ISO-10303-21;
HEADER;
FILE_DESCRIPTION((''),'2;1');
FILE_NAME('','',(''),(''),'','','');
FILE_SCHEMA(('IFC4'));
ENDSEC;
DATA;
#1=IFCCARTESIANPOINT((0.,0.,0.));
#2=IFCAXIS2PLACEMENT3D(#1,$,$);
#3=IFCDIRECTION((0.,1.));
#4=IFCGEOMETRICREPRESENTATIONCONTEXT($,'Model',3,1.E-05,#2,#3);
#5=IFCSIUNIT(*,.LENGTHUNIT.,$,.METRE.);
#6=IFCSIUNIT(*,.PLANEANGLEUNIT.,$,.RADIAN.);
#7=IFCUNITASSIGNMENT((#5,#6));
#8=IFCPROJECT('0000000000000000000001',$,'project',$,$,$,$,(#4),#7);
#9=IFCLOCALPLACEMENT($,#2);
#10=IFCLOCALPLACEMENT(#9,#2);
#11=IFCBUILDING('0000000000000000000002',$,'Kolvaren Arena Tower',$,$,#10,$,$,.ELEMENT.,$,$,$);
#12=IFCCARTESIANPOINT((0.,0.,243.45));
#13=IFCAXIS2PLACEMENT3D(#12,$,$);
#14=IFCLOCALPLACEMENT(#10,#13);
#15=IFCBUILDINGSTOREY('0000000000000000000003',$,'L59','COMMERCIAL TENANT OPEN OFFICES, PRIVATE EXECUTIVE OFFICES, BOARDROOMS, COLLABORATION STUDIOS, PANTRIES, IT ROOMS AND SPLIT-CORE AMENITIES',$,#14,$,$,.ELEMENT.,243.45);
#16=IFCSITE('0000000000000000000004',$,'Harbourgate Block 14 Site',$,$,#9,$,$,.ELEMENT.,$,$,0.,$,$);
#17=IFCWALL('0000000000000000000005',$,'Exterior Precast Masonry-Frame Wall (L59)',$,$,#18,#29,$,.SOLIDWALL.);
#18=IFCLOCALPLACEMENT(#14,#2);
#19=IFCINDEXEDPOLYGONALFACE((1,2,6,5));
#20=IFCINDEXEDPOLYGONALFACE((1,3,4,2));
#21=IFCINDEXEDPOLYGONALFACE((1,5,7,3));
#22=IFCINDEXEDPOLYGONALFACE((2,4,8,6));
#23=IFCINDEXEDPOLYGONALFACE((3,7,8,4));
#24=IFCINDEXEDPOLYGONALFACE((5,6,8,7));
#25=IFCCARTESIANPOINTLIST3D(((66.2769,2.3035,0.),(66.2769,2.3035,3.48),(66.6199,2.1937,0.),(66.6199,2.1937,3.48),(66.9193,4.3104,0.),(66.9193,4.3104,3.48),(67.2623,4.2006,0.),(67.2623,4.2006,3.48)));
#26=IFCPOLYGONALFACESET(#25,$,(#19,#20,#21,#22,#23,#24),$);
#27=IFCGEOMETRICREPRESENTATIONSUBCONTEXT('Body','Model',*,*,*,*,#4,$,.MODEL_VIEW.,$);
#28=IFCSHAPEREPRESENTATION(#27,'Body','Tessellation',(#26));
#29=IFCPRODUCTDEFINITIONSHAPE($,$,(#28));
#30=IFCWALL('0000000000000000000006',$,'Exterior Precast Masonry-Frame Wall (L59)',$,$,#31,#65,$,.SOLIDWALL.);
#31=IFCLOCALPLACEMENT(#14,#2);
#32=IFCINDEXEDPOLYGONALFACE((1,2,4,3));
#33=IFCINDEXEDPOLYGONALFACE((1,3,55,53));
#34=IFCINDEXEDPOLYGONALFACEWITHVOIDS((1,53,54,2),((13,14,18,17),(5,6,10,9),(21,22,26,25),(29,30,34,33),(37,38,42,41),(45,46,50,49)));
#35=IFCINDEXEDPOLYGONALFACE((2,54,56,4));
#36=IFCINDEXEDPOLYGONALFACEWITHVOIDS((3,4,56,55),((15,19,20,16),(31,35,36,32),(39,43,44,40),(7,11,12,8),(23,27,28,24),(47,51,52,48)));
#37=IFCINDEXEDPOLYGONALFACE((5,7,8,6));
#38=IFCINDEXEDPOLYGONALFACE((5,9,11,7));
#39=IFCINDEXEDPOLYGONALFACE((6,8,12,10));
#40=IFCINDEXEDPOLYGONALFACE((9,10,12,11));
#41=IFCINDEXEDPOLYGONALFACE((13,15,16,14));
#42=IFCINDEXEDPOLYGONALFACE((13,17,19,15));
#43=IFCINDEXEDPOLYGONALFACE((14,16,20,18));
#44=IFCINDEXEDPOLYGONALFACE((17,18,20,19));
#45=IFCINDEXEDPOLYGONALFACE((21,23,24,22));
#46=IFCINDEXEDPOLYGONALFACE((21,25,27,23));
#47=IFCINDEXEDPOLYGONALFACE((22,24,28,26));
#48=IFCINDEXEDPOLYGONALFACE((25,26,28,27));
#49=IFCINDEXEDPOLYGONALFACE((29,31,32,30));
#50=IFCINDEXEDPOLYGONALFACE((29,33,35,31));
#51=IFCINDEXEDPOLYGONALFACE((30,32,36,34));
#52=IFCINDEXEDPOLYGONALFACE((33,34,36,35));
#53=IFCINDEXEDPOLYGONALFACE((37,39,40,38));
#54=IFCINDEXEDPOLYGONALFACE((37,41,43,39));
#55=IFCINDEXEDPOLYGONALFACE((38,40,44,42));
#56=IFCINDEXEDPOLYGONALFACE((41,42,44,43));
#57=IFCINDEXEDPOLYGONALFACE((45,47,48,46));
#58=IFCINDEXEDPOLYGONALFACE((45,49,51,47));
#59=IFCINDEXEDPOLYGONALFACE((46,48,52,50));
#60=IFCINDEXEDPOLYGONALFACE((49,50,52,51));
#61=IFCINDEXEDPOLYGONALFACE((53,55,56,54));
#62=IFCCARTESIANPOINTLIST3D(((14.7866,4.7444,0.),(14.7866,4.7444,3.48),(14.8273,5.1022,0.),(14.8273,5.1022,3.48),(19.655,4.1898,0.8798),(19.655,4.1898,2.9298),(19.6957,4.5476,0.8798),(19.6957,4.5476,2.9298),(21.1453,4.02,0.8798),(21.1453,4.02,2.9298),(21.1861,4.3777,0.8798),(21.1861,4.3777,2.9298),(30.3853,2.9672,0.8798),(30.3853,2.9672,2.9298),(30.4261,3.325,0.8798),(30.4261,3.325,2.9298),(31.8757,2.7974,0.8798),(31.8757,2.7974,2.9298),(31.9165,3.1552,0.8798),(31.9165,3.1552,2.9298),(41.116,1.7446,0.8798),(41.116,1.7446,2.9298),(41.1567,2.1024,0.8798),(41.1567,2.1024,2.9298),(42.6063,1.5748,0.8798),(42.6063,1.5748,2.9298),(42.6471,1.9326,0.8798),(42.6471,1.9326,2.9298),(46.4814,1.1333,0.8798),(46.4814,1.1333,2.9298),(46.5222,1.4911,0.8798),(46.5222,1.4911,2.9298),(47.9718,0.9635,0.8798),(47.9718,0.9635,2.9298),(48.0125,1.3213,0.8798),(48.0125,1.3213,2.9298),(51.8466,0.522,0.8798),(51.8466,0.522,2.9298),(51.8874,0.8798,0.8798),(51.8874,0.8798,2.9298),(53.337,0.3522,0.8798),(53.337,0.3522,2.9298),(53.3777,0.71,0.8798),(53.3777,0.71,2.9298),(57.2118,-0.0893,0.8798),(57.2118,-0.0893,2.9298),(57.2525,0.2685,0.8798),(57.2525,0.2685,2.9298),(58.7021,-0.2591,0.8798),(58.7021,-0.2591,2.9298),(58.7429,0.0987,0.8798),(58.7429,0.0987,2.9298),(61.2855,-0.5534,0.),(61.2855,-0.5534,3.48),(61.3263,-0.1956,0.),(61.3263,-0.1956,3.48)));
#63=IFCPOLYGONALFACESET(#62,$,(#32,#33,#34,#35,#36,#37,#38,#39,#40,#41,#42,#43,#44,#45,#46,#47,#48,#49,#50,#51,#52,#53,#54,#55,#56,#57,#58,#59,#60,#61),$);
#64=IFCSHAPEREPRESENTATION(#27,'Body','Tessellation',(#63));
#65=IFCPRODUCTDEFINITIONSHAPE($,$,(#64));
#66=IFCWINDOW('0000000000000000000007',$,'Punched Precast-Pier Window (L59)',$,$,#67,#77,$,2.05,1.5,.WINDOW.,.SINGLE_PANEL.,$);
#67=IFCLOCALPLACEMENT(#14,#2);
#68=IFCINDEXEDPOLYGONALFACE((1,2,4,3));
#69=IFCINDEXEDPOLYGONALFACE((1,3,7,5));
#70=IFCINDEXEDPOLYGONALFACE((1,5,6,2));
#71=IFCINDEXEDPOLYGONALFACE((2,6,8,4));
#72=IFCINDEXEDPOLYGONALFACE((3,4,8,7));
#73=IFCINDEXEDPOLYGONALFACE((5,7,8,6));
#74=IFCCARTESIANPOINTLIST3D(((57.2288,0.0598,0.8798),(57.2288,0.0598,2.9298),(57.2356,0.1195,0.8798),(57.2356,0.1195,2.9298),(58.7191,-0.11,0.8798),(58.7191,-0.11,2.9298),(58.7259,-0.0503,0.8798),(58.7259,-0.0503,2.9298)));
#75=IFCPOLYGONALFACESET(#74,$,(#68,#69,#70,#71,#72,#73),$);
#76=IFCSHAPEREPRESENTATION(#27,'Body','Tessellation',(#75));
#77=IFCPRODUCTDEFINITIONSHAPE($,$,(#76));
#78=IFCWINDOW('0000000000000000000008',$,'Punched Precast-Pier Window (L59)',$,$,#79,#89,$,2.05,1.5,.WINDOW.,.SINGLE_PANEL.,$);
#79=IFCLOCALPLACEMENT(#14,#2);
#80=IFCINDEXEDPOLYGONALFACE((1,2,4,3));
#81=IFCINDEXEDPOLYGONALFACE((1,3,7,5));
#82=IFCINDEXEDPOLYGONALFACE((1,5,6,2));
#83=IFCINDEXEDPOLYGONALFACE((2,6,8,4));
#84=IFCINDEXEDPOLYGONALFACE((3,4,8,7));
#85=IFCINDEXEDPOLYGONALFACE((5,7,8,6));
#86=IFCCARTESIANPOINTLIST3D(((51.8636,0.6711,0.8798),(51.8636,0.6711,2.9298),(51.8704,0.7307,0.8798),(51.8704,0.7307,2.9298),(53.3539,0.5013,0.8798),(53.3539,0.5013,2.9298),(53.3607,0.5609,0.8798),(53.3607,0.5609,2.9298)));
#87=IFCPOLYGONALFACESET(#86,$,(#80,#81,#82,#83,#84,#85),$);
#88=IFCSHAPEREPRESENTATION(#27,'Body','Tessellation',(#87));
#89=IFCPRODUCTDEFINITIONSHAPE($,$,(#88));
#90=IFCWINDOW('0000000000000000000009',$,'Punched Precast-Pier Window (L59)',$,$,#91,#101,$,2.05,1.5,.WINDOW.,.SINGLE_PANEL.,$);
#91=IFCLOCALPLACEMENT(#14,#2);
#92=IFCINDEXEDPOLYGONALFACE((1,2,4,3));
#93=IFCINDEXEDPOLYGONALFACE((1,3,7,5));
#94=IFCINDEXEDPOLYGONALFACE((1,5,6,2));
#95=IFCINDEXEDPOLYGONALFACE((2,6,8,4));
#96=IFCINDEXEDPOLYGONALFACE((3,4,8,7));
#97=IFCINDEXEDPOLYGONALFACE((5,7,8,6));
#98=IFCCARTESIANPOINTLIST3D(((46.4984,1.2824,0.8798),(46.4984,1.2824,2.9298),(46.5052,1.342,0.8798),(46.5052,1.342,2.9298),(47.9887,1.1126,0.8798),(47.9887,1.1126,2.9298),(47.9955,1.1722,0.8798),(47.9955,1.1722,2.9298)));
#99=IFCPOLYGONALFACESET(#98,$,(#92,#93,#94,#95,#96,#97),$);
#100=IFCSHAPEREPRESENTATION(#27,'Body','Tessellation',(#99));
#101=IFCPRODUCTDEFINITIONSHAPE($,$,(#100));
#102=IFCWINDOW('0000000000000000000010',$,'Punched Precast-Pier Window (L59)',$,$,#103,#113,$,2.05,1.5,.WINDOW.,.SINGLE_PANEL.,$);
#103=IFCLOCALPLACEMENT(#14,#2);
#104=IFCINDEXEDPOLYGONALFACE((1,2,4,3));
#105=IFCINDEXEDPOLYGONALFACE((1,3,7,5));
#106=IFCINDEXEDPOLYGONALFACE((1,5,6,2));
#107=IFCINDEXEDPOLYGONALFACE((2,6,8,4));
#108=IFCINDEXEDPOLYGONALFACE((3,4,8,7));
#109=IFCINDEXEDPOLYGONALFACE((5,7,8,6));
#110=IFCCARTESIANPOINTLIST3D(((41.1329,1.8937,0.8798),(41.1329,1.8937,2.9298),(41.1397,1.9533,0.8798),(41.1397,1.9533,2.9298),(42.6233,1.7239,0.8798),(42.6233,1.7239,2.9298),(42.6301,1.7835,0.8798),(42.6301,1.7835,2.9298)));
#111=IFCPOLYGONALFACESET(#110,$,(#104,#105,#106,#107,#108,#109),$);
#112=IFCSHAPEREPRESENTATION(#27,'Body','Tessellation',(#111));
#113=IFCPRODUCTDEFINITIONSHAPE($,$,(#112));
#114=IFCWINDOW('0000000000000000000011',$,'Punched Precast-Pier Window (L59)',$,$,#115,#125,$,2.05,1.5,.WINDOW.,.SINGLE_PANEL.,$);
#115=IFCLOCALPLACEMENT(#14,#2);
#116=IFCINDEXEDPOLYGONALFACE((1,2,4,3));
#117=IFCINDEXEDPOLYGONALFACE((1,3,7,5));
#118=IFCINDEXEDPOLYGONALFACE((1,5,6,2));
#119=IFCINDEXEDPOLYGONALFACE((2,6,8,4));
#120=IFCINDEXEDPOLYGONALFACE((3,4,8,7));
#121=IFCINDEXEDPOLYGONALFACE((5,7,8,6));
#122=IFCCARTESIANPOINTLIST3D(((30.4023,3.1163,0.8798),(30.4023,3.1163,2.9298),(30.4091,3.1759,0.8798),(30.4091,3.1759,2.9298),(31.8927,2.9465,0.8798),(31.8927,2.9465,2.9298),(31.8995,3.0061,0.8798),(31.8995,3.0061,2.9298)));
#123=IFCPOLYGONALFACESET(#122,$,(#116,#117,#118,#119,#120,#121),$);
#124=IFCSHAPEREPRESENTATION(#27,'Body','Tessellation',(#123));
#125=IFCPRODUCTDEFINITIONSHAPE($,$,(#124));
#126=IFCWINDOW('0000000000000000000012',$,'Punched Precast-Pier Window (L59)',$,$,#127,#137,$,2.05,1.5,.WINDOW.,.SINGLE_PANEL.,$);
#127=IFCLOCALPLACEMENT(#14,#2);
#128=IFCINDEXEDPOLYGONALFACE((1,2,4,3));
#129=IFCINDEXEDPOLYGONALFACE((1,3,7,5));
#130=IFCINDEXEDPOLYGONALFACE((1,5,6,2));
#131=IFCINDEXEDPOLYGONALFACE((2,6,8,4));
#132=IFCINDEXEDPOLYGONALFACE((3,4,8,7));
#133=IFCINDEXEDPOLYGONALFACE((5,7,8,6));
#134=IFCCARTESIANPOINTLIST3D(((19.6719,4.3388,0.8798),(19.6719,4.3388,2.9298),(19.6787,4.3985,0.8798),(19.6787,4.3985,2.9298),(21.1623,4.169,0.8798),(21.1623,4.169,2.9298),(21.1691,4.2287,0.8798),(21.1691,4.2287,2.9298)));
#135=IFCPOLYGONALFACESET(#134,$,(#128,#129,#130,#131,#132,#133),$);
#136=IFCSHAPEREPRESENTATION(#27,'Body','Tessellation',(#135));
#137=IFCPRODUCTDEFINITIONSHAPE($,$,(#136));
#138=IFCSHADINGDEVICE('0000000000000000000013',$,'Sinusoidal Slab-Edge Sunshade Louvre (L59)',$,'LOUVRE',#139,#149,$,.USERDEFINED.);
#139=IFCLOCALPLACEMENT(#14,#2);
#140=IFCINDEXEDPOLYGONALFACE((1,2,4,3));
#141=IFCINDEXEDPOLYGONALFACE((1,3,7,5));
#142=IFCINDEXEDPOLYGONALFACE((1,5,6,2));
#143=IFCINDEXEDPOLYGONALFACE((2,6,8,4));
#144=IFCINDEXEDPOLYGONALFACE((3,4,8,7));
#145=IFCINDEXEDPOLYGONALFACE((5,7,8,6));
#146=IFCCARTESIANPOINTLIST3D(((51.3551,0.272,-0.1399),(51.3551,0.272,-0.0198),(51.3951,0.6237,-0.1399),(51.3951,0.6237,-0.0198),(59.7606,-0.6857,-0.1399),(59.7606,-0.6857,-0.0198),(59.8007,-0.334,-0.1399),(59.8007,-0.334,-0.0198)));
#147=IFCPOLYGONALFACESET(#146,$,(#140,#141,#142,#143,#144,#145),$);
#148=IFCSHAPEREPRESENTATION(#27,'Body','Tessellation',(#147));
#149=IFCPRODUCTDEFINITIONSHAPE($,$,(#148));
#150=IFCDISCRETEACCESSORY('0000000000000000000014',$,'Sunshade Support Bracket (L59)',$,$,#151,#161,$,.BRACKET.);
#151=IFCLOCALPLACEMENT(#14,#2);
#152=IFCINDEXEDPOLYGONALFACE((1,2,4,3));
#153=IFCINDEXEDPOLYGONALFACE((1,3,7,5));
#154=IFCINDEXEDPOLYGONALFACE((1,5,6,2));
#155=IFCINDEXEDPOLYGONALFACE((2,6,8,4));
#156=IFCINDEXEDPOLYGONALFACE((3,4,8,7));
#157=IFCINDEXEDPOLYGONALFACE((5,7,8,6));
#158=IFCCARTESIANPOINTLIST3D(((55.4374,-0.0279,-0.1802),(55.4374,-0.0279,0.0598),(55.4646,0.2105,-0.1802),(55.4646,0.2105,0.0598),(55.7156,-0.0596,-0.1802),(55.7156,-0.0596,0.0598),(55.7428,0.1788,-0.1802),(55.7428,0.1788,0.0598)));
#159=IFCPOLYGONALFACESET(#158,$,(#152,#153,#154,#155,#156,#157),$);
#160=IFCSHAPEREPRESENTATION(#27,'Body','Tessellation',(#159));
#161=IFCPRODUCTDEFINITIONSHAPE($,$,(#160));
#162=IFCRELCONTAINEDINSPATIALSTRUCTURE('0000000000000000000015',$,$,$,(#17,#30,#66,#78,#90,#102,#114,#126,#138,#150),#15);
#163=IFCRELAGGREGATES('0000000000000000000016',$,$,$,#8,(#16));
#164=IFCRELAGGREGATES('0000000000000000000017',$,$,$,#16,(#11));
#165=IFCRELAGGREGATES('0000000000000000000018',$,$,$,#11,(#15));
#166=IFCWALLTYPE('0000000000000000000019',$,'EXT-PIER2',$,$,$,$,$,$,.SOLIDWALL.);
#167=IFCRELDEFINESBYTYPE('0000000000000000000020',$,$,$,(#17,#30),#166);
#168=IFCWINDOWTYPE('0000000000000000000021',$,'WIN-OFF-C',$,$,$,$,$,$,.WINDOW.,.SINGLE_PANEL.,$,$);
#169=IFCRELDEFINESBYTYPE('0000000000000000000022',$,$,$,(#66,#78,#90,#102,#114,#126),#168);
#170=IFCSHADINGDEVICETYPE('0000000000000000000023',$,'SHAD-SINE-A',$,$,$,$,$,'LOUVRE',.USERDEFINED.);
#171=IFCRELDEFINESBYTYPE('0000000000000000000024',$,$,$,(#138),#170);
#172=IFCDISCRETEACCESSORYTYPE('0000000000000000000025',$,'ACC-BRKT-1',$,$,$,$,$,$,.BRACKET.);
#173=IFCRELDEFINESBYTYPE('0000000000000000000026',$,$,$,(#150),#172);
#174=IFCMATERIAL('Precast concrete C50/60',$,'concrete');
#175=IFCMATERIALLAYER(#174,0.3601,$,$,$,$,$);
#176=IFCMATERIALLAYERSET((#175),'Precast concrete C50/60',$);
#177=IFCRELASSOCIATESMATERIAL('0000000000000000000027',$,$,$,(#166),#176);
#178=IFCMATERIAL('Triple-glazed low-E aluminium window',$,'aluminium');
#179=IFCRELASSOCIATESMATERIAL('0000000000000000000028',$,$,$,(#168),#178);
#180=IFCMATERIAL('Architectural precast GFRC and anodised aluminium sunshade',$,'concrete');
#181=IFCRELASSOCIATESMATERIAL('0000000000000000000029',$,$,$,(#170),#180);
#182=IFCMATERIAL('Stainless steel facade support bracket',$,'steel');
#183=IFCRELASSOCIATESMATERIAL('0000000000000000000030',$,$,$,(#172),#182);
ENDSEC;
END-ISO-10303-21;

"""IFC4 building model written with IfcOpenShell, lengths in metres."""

from ifc_helpers import new_model, si_unit, direction, frame, frame_2d, origin, origin_2d, place, context, subcontext, project, spatial, rectangle, extrude, material, layer, layer_set, type_object, element, fill, save


model = new_model("IFC4")

# Units and contexts
model_context = context("Model", 3, precision=1e-05, world=origin(), true_north=direction((0.0, 1.0)))
body_context = subcontext(model_context, "Body", "Model", "MODEL_VIEW")
ifc_project = project(units=[si_unit("LENGTHUNIT", "METRE"), si_unit("PLANEANGLEUNIT", "RADIAN")], contexts=[model_context])

# Site, building, storey
site_placement = place(None, origin())
site = spatial("IfcSite", under=ifc_project, at=site_placement, Name="Harbourgate Block 14 Site", CompositionType="ELEMENT", RefElevation=0.0)
building_placement = place(site_placement, origin())
building = spatial("IfcBuilding", under=site, at=building_placement, Name="Kolvaren Arena Tower", CompositionType="ELEMENT")
storey_placement = place(building_placement, frame((0.0, 0.0, 243.45)))
storey = spatial("IfcBuildingStorey", under=building, at=storey_placement, Name="L59", Description="COMMERCIAL TENANT OPEN OFFICES, PRIVATE EXECUTIVE OFFICES, BOARDROOMS, COLLABORATION STUDIOS, PANTRIES, IT ROOMS AND SPLIT-CORE AMENITIES", CompositionType="ELEMENT", Elevation=243.45)

# Wall
ifc_material_1 = material(Name="Precast concrete C50/60", Category="concrete")
ifc_layer_1 = layer(ifc_material_1, 0.3601)
ifc_layer_set_1 = layer_set([ifc_layer_1], Name="Precast concrete C50/60")
wall_type_1 = type_object("IfcWallType", Name="EXT-PIER2", PredefinedType="SOLIDWALL", material=ifc_layer_set_1)
wall_1_placement = place(storey_placement, frame((67.0908, 4.2556, 0.0), z_axis=(0.0, 0.0, 1.0), x_axis=(-0.304839, -0.952404, 0.0)))
element("IfcWall", 1, at=wall_1_placement, inside=storey, type_object=wall_type_1, Name="Exterior Precast Masonry-Frame Wall (L59)", PredefinedType="SOLIDWALL", context=body_context, shape_type="SweptSolid", body=[
    extrude(rectangle(XDim=2.1072, YDim=0.3601, at=frame_2d((1.0537, 0.0))), origin(), (0.0, 0.0, 1.0), 3.48),
])

# Wall, openings, windows
wall_2_placement = place(storey_placement, frame((61.3059, -0.3745, 0.0), z_axis=(0.0, 0.0, 1.0), x_axis=(-0.993572, 0.113202, 0.0)))
wall_2 = element("IfcWall", 2, at=wall_2_placement, inside=storey, type_object=wall_type_1, Name="Exterior Precast Masonry-Frame Wall (L59)", PredefinedType="SOLIDWALL", context=body_context, shape_type="SweptSolid", body=[
    extrude(rectangle(XDim=46.7998, YDim=0.3601, at=frame_2d((23.3999, 0.0))), origin(), (0.0, 0.0, 1.0), 3.48),
])
opening_1_placement = place(wall_2_placement, frame((2.6001, 0.0, 0.8799)))
opening_1 = element("IfcOpeningElement", 3, at=opening_1_placement, cuts=wall_2, PredefinedType="OPENING", context=body_context, shape_type="SweptSolid", body=[
    extrude(rectangle(XDim=1.5, YDim=2.05, at=frame_2d((0.75, 1.0249))), frame((0.0, 0.1899, 0.0), z_axis=(0.0, -1.0, 0.0), x_axis=(1.0, 0.0, 0.0)), (0.0, 0.0, 1.0), 0.3801),
])
opening_2_placement = place(wall_2_placement, frame((8.0, 0.0, 0.8799)))
opening_2 = element("IfcOpeningElement", 4, at=opening_2_placement, cuts=wall_2, PredefinedType="OPENING", context=body_context, shape_type="SweptSolid", body=[
    extrude(rectangle(XDim=1.5, YDim=2.05, at=frame_2d((0.75, 1.0249))), frame((0.0, 0.1899, 0.0), z_axis=(0.0, -1.0, 0.0), x_axis=(1.0, 0.0, 0.0)), (0.0, 0.0, 1.0), 0.3801),
])
opening_3_placement = place(wall_2_placement, frame((13.3999, 0.0, 0.8799)))
opening_3 = element("IfcOpeningElement", 5, at=opening_3_placement, cuts=wall_2, PredefinedType="OPENING", context=body_context, shape_type="SweptSolid", body=[
    extrude(rectangle(XDim=1.5, YDim=2.05, at=frame_2d((0.75, 1.0249))), frame((0.0, 0.1899, 0.0), z_axis=(0.0, -1.0, 0.0), x_axis=(1.0, 0.0, 0.0)), (0.0, 0.0, 1.0), 0.3801),
])
opening_4_placement = place(wall_2_placement, frame((18.8, 0.0, 0.8799)))
opening_4 = element("IfcOpeningElement", 6, at=opening_4_placement, cuts=wall_2, PredefinedType="OPENING", context=body_context, shape_type="SweptSolid", body=[
    extrude(rectangle(XDim=1.5, YDim=2.05, at=frame_2d((0.75, 1.0249))), frame((0.0, 0.1899, 0.0), z_axis=(0.0, -1.0, 0.0), x_axis=(1.0, 0.0, 0.0)), (0.0, 0.0, 1.0), 0.3801),
])
opening_5_placement = place(wall_2_placement, frame((29.6001, 0.0, 0.8799)))
opening_5 = element("IfcOpeningElement", 7, at=opening_5_placement, cuts=wall_2, PredefinedType="OPENING", context=body_context, shape_type="SweptSolid", body=[
    extrude(rectangle(XDim=1.5, YDim=2.05, at=frame_2d((0.75, 1.0249))), frame((0.0, 0.1899, 0.0), z_axis=(0.0, -1.0, 0.0), x_axis=(1.0, 0.0, 0.0)), (0.0, 0.0, 1.0), 0.3801),
])
opening_6_placement = place(wall_2_placement, frame((40.3999, 0.0, 0.8799)))
opening_6 = element("IfcOpeningElement", 8, at=opening_6_placement, cuts=wall_2, PredefinedType="OPENING", context=body_context, shape_type="SweptSolid", body=[
    extrude(rectangle(XDim=1.5, YDim=2.05, at=frame_2d((0.75, 1.0249))), frame((0.0, 0.1899, 0.0), z_axis=(0.0, -1.0, 0.0), x_axis=(1.0, 0.0, 0.0)), (0.0, 0.0, 1.0), 0.3801),
])
ifc_material_2 = material(Name="Triple-glazed low-E aluminium window", Category="aluminium")
window_type = type_object("IfcWindowType", Name="WIN-OFF-C", PartitioningType="SINGLE_PANEL", PredefinedType="WINDOW", material=ifc_material_2)
window_1_placement = place(opening_1_placement, origin())
window_1 = element("IfcWindow", 9, at=window_1_placement, inside=storey, type_object=window_type, Name="Punched Precast-Pier Window (L59)", OverallHeight=2.05, OverallWidth=1.5, PartitioningType="SINGLE_PANEL", PredefinedType="WINDOW", context=body_context, shape_type="SweptSolid", body=[
    extrude(rectangle(XDim=1.5, YDim=2.05, at=frame_2d((0.75, 1.0249))), frame((0.0, 0.03, 0.0), z_axis=(0.0, -1.0, 0.0), x_axis=(1.0, 0.0, 0.0)), (0.0, 0.0, 1.0), 0.0601),
])
fill(opening_1, window_1)
window_2_placement = place(opening_2_placement, origin())
window_2 = element("IfcWindow", 10, at=window_2_placement, inside=storey, type_object=window_type, Name="Punched Precast-Pier Window (L59)", OverallHeight=2.05, OverallWidth=1.5, PartitioningType="SINGLE_PANEL", PredefinedType="WINDOW", context=body_context, shape_type="SweptSolid", body=[
    extrude(rectangle(XDim=1.5, YDim=2.05, at=frame_2d((0.75, 1.0249))), frame((0.0, 0.03, 0.0), z_axis=(0.0, -1.0, 0.0), x_axis=(1.0, 0.0, 0.0)), (0.0, 0.0, 1.0), 0.0601),
])
fill(opening_2, window_2)
window_3_placement = place(opening_3_placement, origin())
window_3 = element("IfcWindow", 11, at=window_3_placement, inside=storey, type_object=window_type, Name="Punched Precast-Pier Window (L59)", OverallHeight=2.05, OverallWidth=1.5, PartitioningType="SINGLE_PANEL", PredefinedType="WINDOW", context=body_context, shape_type="SweptSolid", body=[
    extrude(rectangle(XDim=1.5, YDim=2.05, at=frame_2d((0.75, 1.0249))), frame((0.0, 0.03, 0.0), z_axis=(0.0, -1.0, 0.0), x_axis=(1.0, 0.0, 0.0)), (0.0, 0.0, 1.0), 0.0601),
])
fill(opening_3, window_3)
window_4_placement = place(opening_4_placement, origin())
window_4 = element("IfcWindow", 12, at=window_4_placement, inside=storey, type_object=window_type, Name="Punched Precast-Pier Window (L59)", OverallHeight=2.05, OverallWidth=1.5, PartitioningType="SINGLE_PANEL", PredefinedType="WINDOW", context=body_context, shape_type="SweptSolid", body=[
    extrude(rectangle(XDim=1.5, YDim=2.05, at=frame_2d((0.75, 1.0249))), frame((0.0, 0.03, 0.0), z_axis=(0.0, -1.0, 0.0), x_axis=(1.0, 0.0, 0.0)), (0.0, 0.0, 1.0), 0.0601),
])
fill(opening_4, window_4)
window_5_placement = place(opening_5_placement, origin())
window_5 = element("IfcWindow", 13, at=window_5_placement, inside=storey, type_object=window_type, Name="Punched Precast-Pier Window (L59)", OverallHeight=2.05, OverallWidth=1.5, PartitioningType="SINGLE_PANEL", PredefinedType="WINDOW", context=body_context, shape_type="SweptSolid", body=[
    extrude(rectangle(XDim=1.5, YDim=2.05, at=frame_2d((0.75, 1.0249))), frame((0.0, 0.03, 0.0), z_axis=(0.0, -1.0, 0.0), x_axis=(1.0, 0.0, 0.0)), (0.0, 0.0, 1.0), 0.0601),
])
fill(opening_5, window_5)
window_6_placement = place(opening_6_placement, origin())
window_6 = element("IfcWindow", 14, at=window_6_placement, inside=storey, type_object=window_type, Name="Punched Precast-Pier Window (L59)", OverallHeight=2.05, OverallWidth=1.5, PartitioningType="SINGLE_PANEL", PredefinedType="WINDOW", context=body_context, shape_type="SweptSolid", body=[
    extrude(rectangle(XDim=1.5, YDim=2.05, at=frame_2d((0.75, 1.0249))), frame((0.0, 0.03, 0.0), z_axis=(0.0, -1.0, 0.0), x_axis=(1.0, 0.0, 0.0)), (0.0, 0.0, 1.0), 0.0601),
])
fill(opening_6, window_6)

# Shading device
ifc_material_3 = material(Name="Architectural precast GFRC and anodised aluminium sunshade", Category="concrete")
shading_device_type = type_object("IfcShadingDeviceType", Name="SHAD-SINE-A", ElementType="LOUVRE", PredefinedType="USERDEFINED", material=ifc_material_3)
shading_device_placement = place(storey_placement, frame((55.5779, -0.031, -0.1399), z_axis=(0.0, 0.0, 1.0), x_axis=(-0.993572, 0.113205, 0.0)))
element("IfcShadingDevice", 15, at=shading_device_placement, inside=storey, type_object=shading_device_type, Name="Sinusoidal Slab-Edge Sunshade Louvre (L59)", ObjectType="LOUVRE", PredefinedType="USERDEFINED", context=body_context, shape_type="SweptSolid", body=[
    extrude(rectangle(XDim=8.46, YDim=0.354, at=origin_2d()), origin(), (0.0, 0.0, 1.0), 0.1201),
])

# Discrete accessory
ifc_material_4 = material(Name="Stainless steel facade support bracket", Category="steel")
discrete_accessory_type = type_object("IfcDiscreteAccessoryType", Name="ACC-BRKT-1", PredefinedType="BRACKET", material=ifc_material_4)
discrete_accessory_placement = place(storey_placement, frame((55.5901, 0.0754, -0.1802), z_axis=(0.0, 0.0, 1.0), x_axis=(-0.993572, 0.113205, 0.0)))
element("IfcDiscreteAccessory", 16, at=discrete_accessory_placement, inside=storey, type_object=discrete_accessory_type, Name="Sunshade Support Bracket (L59)", PredefinedType="BRACKET", context=body_context, shape_type="SweptSolid", body=[
    extrude(rectangle(XDim=0.28, YDim=0.24, at=origin_2d()), origin(), (0.0, 0.0, 1.0), 0.24),
])

save(model, "model.ifc")
